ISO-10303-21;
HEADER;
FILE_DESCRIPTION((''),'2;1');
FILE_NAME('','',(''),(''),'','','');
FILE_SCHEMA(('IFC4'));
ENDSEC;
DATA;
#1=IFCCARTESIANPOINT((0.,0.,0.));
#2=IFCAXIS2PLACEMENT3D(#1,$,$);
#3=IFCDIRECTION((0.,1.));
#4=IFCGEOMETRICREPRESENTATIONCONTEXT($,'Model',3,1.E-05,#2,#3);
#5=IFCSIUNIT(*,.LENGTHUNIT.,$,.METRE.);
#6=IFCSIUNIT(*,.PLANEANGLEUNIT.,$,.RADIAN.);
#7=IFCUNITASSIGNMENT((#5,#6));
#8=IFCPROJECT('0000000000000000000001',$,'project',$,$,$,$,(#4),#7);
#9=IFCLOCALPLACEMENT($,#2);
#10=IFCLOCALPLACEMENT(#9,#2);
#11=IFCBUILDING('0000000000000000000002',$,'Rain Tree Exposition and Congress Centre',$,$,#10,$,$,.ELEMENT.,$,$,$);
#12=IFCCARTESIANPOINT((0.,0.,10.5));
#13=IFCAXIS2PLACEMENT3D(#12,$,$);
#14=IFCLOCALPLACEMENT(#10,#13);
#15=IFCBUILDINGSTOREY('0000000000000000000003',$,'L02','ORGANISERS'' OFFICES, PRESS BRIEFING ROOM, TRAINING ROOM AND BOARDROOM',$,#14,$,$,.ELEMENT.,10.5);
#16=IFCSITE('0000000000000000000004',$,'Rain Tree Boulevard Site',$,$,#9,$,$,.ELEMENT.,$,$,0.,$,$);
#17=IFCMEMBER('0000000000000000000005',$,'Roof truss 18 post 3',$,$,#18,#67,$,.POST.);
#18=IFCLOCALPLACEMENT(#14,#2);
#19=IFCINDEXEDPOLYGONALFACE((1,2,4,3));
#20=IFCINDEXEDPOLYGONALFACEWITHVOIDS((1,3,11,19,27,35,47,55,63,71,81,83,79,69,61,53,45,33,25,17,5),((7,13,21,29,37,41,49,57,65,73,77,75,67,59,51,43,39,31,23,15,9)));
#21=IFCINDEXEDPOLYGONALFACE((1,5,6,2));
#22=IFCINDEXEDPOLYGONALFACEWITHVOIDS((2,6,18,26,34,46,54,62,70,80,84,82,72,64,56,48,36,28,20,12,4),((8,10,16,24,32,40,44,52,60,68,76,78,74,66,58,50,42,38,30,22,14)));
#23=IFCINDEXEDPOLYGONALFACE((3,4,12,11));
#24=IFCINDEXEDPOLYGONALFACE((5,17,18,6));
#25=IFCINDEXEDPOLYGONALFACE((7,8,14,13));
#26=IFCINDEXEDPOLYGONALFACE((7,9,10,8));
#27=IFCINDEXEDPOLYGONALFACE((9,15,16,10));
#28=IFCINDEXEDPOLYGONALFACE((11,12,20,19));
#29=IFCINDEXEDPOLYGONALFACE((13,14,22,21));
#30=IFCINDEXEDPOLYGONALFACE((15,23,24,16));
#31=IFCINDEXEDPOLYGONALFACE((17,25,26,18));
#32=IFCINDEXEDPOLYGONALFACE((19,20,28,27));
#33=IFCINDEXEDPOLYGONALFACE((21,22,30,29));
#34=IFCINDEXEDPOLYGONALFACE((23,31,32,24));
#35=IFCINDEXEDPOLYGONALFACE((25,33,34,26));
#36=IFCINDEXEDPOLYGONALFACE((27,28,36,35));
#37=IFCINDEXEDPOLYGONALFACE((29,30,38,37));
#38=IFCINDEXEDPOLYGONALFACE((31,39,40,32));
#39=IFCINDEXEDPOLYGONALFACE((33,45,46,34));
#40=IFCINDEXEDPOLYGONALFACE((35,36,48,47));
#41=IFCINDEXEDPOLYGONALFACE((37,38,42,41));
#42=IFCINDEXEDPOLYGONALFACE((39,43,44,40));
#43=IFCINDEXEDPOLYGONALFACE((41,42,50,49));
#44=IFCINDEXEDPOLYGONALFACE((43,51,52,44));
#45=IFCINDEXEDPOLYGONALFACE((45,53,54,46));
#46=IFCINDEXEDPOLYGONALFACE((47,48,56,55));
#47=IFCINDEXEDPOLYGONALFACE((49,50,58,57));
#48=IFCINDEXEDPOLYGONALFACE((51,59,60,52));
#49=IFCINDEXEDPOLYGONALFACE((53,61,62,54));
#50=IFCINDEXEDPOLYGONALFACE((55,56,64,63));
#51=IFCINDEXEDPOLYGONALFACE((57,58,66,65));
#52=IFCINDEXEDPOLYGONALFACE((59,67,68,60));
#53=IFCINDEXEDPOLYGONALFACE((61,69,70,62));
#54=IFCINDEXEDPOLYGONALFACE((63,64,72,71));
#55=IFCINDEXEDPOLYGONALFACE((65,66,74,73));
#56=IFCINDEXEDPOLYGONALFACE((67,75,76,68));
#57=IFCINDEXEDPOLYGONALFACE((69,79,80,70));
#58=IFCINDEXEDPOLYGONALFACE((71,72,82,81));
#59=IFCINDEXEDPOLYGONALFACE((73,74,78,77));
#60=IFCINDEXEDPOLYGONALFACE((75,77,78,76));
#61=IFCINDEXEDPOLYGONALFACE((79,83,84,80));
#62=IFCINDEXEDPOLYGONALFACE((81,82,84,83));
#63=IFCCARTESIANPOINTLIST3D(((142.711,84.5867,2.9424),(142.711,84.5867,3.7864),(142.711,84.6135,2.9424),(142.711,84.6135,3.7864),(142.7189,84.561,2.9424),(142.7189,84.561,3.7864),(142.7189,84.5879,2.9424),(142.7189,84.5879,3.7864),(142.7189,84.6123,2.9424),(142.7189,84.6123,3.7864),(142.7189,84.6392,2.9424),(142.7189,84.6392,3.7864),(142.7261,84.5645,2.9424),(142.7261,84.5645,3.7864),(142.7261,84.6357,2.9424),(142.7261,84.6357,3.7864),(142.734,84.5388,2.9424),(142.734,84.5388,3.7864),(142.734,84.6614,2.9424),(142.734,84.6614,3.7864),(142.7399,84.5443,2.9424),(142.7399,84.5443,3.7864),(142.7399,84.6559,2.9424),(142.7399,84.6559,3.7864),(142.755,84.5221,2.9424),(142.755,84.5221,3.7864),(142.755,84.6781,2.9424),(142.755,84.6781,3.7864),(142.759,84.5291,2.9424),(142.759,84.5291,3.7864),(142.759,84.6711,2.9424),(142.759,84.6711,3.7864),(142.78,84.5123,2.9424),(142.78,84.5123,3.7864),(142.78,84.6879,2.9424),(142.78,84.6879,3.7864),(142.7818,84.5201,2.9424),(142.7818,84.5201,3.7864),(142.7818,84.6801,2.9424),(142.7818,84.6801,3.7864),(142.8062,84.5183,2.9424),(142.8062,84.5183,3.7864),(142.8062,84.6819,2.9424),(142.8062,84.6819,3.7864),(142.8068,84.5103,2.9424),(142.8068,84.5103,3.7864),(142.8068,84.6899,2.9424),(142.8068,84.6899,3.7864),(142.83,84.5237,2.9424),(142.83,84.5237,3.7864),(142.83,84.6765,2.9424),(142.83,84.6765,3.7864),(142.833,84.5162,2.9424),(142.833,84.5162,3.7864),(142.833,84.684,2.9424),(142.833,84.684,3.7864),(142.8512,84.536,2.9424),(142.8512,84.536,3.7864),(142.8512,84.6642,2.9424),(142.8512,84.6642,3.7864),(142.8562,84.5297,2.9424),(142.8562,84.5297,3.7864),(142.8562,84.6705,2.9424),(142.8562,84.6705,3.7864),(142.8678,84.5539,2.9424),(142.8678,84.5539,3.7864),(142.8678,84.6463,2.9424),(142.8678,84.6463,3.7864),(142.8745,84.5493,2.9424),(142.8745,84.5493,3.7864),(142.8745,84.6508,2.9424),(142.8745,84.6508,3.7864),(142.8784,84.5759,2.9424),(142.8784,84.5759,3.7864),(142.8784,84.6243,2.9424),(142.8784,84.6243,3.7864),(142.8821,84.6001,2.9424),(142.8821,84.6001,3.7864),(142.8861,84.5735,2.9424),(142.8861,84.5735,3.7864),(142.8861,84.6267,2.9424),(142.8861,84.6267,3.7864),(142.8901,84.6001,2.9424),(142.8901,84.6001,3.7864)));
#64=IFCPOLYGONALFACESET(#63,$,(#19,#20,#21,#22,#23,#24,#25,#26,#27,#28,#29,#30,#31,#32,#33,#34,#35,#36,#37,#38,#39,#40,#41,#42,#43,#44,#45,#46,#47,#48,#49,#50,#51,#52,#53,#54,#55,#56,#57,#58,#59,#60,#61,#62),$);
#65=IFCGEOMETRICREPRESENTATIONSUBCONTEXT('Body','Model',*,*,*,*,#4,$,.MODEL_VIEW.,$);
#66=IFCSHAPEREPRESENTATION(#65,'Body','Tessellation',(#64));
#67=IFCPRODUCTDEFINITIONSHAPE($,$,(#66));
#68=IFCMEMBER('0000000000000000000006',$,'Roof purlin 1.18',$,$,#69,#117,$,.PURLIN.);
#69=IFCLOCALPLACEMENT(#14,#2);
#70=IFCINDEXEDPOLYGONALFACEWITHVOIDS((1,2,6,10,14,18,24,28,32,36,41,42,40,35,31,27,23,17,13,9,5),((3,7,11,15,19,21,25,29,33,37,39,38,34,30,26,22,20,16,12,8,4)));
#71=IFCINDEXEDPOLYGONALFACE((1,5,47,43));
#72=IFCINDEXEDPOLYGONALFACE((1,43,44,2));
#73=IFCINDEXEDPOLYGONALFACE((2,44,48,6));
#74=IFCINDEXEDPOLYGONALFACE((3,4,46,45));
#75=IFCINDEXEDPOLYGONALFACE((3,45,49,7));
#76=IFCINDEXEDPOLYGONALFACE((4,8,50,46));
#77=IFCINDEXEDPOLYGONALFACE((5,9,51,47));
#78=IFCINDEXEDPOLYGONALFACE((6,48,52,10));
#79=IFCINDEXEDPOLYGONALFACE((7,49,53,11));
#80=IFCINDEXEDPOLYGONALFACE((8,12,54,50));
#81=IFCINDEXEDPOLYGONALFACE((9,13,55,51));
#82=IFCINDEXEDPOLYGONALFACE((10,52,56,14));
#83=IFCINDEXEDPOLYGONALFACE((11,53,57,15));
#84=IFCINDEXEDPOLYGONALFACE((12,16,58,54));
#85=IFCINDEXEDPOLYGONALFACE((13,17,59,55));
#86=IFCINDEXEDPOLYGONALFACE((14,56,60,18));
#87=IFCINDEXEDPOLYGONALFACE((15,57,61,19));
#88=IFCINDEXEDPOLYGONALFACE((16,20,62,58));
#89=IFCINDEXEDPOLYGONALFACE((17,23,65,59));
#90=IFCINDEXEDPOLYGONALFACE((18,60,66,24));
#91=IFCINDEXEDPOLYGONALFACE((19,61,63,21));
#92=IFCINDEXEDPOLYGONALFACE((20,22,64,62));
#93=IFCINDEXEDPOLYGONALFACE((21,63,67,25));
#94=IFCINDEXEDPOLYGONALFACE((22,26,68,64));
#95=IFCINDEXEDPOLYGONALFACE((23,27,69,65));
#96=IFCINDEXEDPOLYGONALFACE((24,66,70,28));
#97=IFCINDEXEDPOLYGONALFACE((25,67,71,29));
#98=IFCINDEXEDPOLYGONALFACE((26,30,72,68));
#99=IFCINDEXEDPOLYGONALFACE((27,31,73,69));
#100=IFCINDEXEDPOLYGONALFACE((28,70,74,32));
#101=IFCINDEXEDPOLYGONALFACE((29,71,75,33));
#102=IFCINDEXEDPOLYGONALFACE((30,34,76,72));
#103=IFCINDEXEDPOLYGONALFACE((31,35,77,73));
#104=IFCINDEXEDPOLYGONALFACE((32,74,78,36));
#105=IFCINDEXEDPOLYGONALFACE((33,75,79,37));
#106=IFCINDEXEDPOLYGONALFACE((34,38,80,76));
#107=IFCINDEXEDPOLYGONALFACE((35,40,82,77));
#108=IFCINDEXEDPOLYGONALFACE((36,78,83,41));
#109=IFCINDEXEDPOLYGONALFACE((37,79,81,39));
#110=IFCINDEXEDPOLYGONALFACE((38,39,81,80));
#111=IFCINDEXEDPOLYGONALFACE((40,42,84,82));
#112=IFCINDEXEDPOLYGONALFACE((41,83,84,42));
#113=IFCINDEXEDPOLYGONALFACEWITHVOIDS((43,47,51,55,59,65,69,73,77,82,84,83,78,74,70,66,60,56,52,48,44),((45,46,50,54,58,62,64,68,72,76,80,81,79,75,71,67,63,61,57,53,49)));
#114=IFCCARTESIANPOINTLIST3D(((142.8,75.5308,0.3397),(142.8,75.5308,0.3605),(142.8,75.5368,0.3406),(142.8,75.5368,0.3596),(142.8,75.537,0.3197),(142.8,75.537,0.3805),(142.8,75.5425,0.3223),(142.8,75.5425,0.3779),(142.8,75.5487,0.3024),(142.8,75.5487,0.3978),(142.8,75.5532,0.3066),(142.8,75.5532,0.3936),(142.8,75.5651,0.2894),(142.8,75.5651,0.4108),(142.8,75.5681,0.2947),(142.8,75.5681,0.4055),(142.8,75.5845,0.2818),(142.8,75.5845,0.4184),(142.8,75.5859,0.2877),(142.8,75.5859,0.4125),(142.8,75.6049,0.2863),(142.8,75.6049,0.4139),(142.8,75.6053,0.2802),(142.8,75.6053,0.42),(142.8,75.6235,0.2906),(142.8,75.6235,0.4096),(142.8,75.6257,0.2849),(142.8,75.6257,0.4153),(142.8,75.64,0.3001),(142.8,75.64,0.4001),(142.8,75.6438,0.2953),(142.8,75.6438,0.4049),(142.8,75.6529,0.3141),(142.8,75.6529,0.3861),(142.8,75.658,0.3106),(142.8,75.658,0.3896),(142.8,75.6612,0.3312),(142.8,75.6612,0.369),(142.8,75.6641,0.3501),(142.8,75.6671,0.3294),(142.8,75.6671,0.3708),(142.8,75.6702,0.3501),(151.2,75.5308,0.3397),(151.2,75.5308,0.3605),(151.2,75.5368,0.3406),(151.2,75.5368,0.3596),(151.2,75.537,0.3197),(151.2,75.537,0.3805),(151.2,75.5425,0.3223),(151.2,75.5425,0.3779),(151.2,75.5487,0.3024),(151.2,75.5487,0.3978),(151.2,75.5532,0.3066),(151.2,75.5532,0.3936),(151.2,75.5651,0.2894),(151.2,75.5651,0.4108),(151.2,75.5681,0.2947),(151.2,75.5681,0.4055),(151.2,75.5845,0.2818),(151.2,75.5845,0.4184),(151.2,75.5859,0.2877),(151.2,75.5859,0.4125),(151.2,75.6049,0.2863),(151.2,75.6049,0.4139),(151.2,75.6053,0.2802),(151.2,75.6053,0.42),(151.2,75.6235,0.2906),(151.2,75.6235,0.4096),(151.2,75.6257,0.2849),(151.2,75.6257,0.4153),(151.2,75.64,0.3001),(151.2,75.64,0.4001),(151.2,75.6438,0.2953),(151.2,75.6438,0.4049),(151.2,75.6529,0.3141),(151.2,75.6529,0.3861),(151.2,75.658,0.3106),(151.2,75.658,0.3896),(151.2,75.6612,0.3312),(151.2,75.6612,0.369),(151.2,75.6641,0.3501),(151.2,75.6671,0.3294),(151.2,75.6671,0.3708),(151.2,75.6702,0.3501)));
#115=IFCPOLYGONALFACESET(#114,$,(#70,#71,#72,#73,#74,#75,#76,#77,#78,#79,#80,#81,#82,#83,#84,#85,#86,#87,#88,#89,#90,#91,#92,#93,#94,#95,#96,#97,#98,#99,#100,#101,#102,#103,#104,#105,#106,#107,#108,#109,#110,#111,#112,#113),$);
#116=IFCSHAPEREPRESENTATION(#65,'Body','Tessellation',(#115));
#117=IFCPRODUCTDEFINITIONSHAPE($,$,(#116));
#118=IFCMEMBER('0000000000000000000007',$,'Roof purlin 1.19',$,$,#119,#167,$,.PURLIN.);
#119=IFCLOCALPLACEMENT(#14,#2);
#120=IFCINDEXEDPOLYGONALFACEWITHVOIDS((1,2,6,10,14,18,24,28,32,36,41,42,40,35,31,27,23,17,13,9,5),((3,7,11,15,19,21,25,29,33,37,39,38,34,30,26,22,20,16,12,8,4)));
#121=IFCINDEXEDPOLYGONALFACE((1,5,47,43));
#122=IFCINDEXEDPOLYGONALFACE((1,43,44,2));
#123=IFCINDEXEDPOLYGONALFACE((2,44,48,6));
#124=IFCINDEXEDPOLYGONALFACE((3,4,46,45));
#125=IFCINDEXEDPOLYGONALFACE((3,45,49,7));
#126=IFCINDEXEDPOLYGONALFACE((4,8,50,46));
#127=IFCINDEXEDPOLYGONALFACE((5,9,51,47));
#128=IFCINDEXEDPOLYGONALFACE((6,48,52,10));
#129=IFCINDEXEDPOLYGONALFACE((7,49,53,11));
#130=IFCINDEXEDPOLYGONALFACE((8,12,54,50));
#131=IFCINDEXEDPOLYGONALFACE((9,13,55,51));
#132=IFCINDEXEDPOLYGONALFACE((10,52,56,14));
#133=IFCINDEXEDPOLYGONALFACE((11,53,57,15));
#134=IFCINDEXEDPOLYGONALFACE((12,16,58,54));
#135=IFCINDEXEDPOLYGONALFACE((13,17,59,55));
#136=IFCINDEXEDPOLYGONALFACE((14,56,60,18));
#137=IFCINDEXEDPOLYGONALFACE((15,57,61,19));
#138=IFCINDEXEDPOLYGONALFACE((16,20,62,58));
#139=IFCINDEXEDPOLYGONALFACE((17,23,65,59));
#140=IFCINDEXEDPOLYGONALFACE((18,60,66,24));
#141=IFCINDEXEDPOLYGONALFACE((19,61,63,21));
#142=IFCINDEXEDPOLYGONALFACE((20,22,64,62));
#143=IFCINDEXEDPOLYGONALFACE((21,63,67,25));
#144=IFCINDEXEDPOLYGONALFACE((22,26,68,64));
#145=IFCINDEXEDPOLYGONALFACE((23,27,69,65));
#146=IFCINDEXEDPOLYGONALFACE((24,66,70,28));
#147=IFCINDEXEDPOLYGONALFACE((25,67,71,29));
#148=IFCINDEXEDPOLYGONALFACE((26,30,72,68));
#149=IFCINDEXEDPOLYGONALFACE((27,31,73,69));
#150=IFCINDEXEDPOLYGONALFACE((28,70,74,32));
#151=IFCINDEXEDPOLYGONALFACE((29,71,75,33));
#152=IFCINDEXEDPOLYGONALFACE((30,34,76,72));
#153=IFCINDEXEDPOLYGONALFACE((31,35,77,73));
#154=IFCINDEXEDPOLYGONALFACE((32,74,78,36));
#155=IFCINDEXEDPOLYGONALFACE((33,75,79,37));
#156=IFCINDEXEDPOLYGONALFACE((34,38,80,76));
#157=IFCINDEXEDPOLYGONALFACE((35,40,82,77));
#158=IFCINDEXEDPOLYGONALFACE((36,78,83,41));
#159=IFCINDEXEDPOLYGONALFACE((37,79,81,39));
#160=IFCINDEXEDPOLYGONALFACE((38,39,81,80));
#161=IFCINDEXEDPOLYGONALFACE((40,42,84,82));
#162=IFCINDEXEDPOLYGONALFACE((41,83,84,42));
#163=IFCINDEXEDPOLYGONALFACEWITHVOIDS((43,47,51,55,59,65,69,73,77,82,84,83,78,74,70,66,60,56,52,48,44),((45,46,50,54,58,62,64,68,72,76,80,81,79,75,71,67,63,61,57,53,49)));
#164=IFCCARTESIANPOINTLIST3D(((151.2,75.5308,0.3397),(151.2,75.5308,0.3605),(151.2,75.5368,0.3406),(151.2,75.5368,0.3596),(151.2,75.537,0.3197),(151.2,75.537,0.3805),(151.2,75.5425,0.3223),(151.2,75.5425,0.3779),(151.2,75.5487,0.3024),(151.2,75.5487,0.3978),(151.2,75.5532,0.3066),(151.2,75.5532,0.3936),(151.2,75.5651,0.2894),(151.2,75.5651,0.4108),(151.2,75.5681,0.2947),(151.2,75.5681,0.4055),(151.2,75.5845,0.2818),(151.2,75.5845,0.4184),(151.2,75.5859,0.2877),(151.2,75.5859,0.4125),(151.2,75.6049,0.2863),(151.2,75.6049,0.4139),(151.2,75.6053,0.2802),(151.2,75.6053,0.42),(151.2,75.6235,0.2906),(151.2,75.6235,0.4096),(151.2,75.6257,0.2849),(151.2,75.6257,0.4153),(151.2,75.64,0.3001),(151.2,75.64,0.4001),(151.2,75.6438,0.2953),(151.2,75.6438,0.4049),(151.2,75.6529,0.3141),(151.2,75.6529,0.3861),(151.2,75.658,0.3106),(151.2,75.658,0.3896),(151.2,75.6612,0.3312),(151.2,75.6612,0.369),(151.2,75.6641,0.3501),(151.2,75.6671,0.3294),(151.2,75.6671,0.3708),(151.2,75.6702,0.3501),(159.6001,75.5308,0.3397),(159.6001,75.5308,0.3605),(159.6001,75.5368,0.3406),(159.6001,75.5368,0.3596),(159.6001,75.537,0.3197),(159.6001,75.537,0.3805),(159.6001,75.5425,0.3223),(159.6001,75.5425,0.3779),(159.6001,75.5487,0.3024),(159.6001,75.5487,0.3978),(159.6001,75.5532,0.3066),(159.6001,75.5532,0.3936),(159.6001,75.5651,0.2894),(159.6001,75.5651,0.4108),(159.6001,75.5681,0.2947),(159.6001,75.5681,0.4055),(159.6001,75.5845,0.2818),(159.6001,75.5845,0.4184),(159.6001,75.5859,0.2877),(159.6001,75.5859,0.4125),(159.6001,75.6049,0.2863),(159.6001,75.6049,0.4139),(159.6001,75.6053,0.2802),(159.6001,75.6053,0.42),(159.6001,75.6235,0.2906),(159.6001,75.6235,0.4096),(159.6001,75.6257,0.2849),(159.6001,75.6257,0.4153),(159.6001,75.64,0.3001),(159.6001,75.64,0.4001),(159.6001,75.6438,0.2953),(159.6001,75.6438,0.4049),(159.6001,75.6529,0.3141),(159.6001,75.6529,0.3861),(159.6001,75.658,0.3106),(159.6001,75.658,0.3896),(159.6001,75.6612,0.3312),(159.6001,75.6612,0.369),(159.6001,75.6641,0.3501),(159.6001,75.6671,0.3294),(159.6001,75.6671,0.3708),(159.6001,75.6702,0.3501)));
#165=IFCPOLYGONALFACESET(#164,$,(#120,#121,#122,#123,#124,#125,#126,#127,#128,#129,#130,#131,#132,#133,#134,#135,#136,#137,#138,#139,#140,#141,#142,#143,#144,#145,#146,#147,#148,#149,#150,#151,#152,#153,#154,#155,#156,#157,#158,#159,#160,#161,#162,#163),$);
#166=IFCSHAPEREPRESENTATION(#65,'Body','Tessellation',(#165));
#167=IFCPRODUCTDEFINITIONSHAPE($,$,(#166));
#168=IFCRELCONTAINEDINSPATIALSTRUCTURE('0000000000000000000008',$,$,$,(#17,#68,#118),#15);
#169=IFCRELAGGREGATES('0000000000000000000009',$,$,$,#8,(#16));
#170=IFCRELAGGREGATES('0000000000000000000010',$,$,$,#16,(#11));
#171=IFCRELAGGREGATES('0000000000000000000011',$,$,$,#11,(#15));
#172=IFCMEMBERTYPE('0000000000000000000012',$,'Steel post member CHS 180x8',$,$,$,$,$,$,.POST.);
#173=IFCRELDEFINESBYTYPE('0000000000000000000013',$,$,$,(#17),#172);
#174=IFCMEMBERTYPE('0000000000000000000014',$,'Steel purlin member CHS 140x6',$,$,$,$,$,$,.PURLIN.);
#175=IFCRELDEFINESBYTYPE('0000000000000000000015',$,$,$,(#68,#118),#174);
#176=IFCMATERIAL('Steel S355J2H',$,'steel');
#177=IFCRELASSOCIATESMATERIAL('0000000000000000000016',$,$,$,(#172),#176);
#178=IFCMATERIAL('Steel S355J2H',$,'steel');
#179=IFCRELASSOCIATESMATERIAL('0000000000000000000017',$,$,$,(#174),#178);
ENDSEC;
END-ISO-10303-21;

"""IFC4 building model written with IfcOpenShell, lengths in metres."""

from ifc_helpers import new_model, si_unit, direction, frame, origin, origin_2d, place, context, subcontext, project, spatial, hollow_circle, extrude, material, material_profile, profile_set, type_object, element, save


model = new_model("IFC4")

# Units and contexts
model_context = context("Model", 3, precision=1e-05, world=origin(), true_north=direction((0.0, 1.0)))
body_context = subcontext(model_context, "Body", "Model", "MODEL_VIEW")
ifc_project = project(units=[si_unit("LENGTHUNIT", "METRE"), si_unit("PLANEANGLEUNIT", "RADIAN")], contexts=[model_context])

# Site, building, storey
site_placement = place(None, origin())
site = spatial("IfcSite", under=ifc_project, at=site_placement, Name="Rain Tree Boulevard Site", CompositionType="ELEMENT", RefElevation=0.0)
building_placement = place(site_placement, origin())
building = spatial("IfcBuilding", under=site, at=building_placement, Name="Rain Tree Exposition and Congress Centre", CompositionType="ELEMENT")
storey_placement = place(building_placement, frame((0.0, 0.0, 10.5)))
storey = spatial("IfcBuildingStorey", under=building, at=storey_placement, Name="L02", Description="ORGANISERS' OFFICES, PRESS BRIEFING ROOM, TRAINING ROOM AND BOARDROOM", CompositionType="ELEMENT", Elevation=10.5)

# Members
ifc_material_1 = material(Name="Steel S355J2H", Category="steel")
ifc_material_profile_1 = material_profile(ifc_material_1, hollow_circle(Radius=0.0901, WallThickness=0.0081, at=origin_2d()), Name="CHS 180x8")
ifc_profile_set_1 = profile_set([ifc_material_profile_1], Name="Steel S355J2H")
member_type_1 = type_object("IfcMemberType", Name="Steel post member CHS 180x8", PredefinedType="POST", material=ifc_profile_set_1)
member_1_placement = place(storey_placement, frame((142.8, 84.6001, 2.9424), z_axis=(0.0, 0.0, 1.0), x_axis=(1.0, 0.0, 0.0)))
element("IfcMember", 1, at=member_1_placement, inside=storey, type_object=member_type_1, Name="Roof truss 18 post 3", PredefinedType="POST", context=body_context, shape_type="SweptSolid", body=[
    extrude(hollow_circle(Radius=0.0901, WallThickness=0.0081, at=origin_2d()), origin(), (0.0, 0.0, 1.0), 0.844),
])
ifc_material_2 = material(Name="Steel S355J2H", Category="steel")
ifc_material_profile_2 = material_profile(ifc_material_2, hollow_circle(Radius=0.0701, WallThickness=0.0061, at=origin_2d()), Name="CHS 140x6")
ifc_profile_set_2 = profile_set([ifc_material_profile_2], Name="Steel S355J2H")
member_type_2 = type_object("IfcMemberType", Name="Steel purlin member CHS 140x6", PredefinedType="PURLIN", material=ifc_profile_set_2)
member_2_placement = place(storey_placement, frame((142.8, 75.6001, 0.3501), z_axis=(1.0, 0.0, 0.0), x_axis=(0.0, 1.0, 0.0)))
element("IfcMember", 2, at=member_2_placement, inside=storey, type_object=member_type_2, Name="Roof purlin 1.18", PredefinedType="PURLIN", context=body_context, shape_type="SweptSolid", body=[
    extrude(hollow_circle(Radius=0.0701, WallThickness=0.0061, at=origin_2d()), origin(), (0.0, 0.0, 1.0), 8.3999),
])
member_3_placement = place(storey_placement, frame((151.2, 75.6001, 0.3501), z_axis=(1.0, 0.0, 0.0), x_axis=(0.0, 1.0, 0.0)))
element("IfcMember", 3, at=member_3_placement, inside=storey, type_object=member_type_2, Name="Roof purlin 1.19", PredefinedType="PURLIN", context=body_context, shape_type="SweptSolid", body=[
    extrude(hollow_circle(Radius=0.0701, WallThickness=0.0061, at=origin_2d()), origin(), (0.0, 0.0, 1.0), 8.4001),
])

save(model, "model.ifc")
